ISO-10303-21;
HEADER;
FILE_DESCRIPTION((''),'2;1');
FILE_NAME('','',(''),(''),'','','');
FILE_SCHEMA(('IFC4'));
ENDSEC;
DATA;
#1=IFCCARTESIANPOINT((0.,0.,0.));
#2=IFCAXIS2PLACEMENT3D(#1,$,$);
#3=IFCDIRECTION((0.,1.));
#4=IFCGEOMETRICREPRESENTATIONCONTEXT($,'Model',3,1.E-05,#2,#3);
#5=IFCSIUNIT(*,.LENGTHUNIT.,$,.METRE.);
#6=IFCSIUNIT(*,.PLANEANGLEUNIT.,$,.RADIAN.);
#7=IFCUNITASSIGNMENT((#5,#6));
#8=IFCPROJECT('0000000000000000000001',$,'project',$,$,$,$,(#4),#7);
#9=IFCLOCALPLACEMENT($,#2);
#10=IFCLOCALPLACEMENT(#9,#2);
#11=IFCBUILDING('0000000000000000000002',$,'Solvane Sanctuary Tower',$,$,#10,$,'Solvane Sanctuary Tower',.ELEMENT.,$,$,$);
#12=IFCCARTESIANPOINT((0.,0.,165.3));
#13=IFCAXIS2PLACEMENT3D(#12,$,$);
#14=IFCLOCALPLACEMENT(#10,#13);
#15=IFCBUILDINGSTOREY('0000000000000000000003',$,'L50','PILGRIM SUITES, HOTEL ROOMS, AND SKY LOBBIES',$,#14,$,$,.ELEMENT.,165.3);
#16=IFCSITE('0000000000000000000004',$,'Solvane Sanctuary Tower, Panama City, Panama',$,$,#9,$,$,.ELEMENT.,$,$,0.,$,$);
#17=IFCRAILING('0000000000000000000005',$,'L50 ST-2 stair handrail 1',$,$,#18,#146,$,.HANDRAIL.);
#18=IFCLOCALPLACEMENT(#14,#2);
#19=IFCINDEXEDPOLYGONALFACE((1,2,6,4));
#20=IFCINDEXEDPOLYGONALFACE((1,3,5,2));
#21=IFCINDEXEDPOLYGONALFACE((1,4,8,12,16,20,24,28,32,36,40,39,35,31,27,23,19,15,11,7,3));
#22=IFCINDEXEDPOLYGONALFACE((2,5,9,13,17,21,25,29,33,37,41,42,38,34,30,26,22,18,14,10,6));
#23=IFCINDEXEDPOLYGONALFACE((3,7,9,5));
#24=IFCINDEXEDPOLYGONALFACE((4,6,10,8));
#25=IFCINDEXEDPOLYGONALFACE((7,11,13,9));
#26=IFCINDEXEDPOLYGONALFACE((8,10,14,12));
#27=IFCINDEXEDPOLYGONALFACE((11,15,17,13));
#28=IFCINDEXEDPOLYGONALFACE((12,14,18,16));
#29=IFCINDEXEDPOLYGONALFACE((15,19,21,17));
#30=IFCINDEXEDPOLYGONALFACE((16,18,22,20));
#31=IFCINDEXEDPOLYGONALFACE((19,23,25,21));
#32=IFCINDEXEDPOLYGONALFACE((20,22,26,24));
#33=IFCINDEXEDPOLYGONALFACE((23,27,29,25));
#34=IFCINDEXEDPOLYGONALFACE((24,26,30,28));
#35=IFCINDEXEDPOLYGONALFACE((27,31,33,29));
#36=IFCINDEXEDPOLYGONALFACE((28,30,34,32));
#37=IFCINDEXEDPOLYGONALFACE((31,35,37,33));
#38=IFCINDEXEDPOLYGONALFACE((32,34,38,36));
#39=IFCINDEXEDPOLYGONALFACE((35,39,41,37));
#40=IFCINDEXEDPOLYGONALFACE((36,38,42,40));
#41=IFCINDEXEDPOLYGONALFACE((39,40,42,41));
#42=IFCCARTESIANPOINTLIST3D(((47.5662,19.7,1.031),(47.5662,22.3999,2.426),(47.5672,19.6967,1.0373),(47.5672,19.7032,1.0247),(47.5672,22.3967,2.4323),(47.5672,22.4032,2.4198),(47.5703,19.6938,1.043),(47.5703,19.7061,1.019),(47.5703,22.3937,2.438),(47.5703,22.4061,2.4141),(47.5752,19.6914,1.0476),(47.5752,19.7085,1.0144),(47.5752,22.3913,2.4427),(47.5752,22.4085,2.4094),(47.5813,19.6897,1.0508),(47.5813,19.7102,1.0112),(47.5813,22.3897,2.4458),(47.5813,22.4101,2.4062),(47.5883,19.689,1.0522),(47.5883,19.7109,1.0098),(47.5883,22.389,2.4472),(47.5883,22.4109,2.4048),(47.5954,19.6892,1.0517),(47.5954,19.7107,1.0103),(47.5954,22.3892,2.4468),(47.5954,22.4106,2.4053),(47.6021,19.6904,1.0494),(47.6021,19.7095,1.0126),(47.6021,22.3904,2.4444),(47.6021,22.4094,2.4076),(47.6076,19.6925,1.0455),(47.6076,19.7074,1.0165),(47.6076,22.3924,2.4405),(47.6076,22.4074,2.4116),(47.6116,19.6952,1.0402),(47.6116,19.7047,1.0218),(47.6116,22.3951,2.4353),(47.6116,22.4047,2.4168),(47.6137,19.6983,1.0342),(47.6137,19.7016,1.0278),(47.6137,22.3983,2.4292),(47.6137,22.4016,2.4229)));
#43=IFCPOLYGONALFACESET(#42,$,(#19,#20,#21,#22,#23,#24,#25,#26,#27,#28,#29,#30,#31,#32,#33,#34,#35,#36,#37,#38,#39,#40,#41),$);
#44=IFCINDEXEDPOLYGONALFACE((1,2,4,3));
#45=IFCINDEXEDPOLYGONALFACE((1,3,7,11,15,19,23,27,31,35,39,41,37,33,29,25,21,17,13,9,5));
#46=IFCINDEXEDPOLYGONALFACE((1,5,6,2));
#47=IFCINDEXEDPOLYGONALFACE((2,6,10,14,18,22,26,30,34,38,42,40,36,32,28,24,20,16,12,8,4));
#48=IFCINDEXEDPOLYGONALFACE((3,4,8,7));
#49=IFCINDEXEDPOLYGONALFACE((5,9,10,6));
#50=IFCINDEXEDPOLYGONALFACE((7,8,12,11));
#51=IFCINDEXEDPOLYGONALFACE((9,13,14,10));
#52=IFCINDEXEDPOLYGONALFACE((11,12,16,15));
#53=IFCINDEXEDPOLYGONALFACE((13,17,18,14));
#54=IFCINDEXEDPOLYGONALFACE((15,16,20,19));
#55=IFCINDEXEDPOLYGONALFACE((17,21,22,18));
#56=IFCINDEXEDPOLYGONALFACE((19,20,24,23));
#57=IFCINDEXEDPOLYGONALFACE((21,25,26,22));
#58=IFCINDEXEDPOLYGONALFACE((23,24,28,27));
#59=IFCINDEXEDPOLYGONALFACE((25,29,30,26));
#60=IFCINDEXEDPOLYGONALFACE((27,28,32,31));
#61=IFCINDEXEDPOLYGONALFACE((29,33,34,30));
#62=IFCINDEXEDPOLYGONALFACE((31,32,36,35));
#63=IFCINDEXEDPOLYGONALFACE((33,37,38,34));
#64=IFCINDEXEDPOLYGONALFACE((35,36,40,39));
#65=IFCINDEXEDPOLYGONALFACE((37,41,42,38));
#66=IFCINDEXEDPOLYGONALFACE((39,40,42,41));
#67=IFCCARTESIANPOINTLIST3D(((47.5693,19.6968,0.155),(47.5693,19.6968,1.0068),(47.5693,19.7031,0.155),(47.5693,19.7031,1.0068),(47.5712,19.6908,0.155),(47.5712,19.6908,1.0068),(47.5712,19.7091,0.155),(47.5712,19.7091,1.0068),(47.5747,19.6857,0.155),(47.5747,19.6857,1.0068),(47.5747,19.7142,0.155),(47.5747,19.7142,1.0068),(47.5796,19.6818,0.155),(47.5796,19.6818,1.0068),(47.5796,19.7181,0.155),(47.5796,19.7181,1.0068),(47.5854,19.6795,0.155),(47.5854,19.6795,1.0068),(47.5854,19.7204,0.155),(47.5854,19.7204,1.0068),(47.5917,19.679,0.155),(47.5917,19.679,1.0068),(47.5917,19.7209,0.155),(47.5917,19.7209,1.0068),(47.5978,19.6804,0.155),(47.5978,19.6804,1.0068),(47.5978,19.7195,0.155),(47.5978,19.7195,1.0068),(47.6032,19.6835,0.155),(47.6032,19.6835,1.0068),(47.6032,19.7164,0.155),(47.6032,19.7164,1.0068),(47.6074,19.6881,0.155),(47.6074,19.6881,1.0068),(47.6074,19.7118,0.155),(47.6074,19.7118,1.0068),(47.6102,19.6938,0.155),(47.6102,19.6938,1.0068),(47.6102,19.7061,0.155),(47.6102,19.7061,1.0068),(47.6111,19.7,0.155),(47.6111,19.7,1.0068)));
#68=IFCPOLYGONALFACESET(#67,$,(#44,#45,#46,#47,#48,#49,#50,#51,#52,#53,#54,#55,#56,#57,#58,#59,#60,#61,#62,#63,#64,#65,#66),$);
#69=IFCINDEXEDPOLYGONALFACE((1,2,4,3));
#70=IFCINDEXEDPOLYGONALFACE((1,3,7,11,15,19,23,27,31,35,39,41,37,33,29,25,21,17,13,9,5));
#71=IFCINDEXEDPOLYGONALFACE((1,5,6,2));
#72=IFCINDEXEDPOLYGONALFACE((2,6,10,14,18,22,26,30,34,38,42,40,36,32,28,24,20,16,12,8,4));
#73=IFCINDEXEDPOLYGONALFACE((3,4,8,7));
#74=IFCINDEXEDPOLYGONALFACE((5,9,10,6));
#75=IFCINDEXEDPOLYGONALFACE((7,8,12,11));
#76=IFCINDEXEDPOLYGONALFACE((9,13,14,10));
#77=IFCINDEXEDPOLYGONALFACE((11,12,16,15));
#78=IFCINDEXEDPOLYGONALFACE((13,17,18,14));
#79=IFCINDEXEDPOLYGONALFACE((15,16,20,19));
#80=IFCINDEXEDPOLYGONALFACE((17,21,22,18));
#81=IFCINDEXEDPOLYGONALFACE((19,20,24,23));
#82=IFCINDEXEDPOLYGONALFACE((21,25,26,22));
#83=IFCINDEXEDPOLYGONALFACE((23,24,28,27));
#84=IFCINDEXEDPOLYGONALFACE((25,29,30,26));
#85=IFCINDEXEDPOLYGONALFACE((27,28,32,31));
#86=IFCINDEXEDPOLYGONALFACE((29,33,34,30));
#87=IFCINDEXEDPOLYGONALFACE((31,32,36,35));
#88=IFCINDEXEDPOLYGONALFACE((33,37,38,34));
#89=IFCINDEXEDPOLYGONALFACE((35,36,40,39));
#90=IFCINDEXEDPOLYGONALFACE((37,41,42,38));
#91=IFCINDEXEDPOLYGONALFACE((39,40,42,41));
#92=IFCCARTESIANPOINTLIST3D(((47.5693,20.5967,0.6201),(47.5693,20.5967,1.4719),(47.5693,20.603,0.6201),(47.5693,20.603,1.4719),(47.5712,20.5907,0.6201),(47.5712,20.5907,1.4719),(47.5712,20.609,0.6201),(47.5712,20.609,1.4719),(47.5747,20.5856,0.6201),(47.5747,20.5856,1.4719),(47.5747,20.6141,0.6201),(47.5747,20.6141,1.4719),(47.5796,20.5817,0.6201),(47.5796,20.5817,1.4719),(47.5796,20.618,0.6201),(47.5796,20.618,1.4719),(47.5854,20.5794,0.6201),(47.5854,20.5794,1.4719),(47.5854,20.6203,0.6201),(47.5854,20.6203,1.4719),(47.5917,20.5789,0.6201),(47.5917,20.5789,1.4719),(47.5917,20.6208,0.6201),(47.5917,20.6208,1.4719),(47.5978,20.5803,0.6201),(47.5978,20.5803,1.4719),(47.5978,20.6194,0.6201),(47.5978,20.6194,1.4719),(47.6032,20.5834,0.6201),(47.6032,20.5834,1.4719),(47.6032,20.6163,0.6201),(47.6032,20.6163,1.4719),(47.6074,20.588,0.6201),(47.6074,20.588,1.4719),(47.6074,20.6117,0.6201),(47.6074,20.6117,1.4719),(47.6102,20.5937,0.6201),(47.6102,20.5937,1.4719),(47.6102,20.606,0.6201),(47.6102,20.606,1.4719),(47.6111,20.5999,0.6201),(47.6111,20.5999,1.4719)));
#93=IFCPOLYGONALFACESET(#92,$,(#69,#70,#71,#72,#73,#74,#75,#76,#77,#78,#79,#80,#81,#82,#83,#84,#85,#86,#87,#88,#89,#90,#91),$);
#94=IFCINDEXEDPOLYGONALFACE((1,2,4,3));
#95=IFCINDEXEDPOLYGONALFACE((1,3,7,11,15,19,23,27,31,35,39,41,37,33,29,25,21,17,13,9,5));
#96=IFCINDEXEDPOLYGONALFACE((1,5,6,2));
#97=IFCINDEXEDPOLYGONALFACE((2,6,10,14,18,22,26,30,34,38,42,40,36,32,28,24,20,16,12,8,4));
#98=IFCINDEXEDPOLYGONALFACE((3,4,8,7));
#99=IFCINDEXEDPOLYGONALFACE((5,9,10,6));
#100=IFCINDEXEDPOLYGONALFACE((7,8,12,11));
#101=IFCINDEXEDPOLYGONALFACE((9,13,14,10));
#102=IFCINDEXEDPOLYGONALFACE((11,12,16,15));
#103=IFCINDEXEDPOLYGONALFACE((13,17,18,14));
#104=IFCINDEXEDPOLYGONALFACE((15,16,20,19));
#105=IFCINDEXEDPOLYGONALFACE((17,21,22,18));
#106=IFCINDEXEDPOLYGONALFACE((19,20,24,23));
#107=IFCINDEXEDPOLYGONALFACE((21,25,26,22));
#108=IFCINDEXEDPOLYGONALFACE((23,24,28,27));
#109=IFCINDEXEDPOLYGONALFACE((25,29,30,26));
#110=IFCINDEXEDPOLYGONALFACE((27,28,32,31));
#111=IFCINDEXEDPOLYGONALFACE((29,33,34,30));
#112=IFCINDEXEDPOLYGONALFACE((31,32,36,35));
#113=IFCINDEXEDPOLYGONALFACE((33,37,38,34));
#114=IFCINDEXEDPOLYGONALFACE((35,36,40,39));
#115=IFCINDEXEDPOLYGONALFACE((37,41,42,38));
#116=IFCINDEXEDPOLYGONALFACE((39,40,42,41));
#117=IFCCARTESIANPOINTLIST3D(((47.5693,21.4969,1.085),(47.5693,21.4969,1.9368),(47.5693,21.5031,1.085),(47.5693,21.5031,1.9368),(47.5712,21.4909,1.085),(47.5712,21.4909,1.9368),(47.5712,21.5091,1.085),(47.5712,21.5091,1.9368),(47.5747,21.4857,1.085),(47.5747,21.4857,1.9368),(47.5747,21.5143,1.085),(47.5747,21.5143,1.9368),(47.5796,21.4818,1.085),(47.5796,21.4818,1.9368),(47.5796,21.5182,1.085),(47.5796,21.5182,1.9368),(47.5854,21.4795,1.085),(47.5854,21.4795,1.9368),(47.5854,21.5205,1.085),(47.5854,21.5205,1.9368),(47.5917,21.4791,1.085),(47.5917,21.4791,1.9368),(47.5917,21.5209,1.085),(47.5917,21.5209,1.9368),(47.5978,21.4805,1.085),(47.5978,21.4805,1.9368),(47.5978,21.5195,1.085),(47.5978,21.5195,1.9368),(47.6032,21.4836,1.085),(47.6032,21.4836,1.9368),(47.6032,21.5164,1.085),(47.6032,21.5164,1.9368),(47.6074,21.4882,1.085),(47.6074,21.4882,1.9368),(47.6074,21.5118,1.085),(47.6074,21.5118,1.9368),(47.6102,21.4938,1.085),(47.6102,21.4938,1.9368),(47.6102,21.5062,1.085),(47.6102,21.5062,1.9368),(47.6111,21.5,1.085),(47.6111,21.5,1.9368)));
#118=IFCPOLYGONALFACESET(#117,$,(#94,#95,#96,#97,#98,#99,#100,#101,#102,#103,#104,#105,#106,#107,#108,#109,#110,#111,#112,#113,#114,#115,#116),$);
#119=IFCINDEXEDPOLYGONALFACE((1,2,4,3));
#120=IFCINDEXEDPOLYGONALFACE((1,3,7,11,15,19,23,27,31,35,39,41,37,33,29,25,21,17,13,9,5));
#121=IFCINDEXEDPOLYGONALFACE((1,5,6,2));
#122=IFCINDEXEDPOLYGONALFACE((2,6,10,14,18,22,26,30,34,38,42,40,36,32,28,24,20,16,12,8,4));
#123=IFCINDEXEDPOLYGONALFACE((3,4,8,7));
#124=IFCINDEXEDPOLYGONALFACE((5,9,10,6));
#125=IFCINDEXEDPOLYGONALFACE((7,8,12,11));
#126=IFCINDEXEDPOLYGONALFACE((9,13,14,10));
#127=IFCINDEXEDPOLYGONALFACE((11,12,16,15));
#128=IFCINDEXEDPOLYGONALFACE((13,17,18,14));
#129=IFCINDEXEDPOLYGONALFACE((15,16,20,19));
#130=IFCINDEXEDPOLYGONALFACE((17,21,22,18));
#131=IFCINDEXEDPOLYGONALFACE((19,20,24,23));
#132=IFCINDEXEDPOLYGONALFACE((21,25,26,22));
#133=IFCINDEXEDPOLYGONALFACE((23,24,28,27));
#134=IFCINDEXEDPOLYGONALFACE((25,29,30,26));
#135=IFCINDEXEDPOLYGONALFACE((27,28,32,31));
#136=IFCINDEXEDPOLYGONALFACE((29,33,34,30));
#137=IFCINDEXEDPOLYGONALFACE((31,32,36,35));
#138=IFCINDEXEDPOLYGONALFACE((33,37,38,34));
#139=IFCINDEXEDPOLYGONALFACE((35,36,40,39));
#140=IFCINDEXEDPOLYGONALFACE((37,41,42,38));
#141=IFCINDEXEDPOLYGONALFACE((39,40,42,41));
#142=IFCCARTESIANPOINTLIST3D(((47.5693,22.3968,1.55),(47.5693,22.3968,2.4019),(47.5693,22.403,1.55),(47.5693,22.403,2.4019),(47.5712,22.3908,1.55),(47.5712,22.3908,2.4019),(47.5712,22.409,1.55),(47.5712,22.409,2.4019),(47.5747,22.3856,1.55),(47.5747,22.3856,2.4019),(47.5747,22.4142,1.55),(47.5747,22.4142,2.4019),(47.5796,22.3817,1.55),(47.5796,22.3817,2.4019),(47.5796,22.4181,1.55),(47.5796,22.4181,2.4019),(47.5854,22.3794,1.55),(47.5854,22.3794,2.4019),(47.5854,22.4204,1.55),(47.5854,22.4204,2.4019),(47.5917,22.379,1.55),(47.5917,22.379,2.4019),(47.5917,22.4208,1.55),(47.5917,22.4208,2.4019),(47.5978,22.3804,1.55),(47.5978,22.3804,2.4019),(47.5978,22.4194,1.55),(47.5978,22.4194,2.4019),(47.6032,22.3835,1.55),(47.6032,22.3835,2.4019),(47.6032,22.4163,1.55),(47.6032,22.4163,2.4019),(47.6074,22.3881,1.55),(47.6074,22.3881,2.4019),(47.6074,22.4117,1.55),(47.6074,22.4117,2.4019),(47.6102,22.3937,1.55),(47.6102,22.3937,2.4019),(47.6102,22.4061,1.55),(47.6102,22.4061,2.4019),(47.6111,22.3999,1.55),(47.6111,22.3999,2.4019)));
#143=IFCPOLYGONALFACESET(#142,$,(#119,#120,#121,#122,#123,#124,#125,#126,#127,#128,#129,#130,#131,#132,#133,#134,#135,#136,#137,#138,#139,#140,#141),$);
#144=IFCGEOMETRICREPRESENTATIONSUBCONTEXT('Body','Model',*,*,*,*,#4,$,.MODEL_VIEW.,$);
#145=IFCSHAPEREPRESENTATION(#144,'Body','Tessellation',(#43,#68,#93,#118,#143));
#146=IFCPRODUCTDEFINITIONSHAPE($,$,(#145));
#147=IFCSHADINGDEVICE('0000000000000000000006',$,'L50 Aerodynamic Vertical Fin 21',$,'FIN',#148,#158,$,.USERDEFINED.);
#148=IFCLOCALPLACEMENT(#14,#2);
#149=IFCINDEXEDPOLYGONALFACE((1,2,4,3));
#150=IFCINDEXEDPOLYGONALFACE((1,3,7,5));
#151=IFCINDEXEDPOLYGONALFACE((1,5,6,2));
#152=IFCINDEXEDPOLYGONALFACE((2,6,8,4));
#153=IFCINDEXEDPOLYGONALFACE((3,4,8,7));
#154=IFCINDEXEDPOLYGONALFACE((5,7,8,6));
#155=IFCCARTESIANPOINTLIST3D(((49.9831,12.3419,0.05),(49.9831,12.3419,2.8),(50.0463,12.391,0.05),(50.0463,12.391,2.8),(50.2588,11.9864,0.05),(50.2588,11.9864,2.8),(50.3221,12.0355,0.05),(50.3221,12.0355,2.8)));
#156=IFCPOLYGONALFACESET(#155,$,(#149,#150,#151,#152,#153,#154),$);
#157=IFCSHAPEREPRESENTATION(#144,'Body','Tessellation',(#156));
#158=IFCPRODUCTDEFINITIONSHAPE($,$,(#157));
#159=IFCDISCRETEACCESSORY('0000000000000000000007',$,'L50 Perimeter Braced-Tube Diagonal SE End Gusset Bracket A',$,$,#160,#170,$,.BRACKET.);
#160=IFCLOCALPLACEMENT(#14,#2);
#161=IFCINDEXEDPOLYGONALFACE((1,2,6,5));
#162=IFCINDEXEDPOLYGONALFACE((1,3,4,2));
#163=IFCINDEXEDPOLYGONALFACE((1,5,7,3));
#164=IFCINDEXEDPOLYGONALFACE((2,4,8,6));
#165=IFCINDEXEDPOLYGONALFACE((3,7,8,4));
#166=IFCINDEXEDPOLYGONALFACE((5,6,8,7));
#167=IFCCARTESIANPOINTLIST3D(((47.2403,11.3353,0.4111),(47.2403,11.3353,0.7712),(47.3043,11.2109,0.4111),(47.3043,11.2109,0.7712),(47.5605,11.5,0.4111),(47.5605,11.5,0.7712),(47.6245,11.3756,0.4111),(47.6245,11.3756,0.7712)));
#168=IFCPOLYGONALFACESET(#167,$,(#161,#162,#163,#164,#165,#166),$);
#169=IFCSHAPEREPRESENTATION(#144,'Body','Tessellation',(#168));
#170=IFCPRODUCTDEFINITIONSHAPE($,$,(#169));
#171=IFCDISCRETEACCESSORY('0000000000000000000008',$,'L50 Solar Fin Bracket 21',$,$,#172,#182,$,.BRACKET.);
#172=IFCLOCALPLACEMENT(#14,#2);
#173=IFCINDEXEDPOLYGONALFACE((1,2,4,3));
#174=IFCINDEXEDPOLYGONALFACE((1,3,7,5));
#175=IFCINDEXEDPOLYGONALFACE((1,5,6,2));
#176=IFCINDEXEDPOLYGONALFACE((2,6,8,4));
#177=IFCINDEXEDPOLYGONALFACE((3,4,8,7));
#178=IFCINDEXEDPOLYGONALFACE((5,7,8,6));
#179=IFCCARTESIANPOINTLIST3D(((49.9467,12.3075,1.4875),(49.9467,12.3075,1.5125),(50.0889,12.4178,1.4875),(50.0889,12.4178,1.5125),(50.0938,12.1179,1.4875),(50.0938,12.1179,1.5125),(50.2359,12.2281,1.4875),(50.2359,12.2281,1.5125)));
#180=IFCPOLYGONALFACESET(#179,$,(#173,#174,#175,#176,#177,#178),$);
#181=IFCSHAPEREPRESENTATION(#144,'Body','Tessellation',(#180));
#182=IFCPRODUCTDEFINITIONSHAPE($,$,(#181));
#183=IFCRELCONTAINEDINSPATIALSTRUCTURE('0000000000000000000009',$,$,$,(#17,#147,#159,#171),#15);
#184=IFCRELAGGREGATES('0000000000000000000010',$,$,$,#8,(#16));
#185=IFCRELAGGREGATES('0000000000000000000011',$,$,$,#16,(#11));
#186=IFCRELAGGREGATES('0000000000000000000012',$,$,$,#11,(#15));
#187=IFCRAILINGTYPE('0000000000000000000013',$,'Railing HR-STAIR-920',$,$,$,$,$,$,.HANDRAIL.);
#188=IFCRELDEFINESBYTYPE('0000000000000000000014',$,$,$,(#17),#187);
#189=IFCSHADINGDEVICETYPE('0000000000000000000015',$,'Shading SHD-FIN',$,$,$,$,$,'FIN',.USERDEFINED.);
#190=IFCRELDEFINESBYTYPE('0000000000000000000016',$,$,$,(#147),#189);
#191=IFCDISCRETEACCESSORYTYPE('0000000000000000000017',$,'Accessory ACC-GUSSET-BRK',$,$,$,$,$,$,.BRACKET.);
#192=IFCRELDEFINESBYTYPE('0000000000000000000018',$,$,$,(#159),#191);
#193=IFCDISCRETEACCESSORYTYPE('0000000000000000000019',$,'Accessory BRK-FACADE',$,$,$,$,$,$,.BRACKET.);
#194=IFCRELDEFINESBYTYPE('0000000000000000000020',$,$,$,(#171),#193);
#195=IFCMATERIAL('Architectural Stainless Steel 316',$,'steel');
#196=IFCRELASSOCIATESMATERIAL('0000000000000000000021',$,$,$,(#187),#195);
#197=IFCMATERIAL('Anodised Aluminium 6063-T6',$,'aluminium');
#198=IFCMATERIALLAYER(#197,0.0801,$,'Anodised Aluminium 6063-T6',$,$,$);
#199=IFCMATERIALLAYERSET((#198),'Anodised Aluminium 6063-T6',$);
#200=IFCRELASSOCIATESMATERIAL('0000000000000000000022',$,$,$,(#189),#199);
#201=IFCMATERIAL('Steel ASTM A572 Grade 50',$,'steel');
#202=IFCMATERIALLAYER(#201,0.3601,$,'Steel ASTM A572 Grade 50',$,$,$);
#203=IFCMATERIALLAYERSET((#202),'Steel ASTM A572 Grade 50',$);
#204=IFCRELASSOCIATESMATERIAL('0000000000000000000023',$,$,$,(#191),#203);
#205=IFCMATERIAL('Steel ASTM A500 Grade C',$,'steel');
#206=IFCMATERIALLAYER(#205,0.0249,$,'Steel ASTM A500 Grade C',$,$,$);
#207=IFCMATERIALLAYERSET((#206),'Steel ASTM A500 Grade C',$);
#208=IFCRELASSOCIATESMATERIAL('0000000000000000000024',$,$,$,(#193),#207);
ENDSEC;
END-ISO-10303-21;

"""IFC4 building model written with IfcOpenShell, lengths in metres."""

from ifc_helpers import new_model, si_unit, direction, frame, origin, origin_2d, place, context, subcontext, project, spatial, rectangle, circle, extrude, material, layer, layer_set, type_object, element, save


model = new_model("IFC4")

# Units and contexts
model_context = context("Model", 3, precision=1e-05, world=origin(), true_north=direction((0.0, 1.0)))
body_context = subcontext(model_context, "Body", "Model", "MODEL_VIEW")
ifc_project = project(units=[si_unit("LENGTHUNIT", "METRE"), si_unit("PLANEANGLEUNIT", "RADIAN")], contexts=[model_context])

# Site, building, storey
site_placement = place(None, origin())
site = spatial("IfcSite", under=ifc_project, at=site_placement, Name="Solvane Sanctuary Tower, Panama City, Panama", CompositionType="ELEMENT", RefElevation=0.0)
building_placement = place(site_placement, origin())
building = spatial("IfcBuilding", under=site, at=building_placement, Name="Solvane Sanctuary Tower", LongName="Solvane Sanctuary Tower", CompositionType="ELEMENT")
storey_placement = place(building_placement, frame((0.0, 0.0, 165.3)))
storey = spatial("IfcBuildingStorey", under=building, at=storey_placement, Name="L50", Description="PILGRIM SUITES, HOTEL ROOMS, AND SKY LOBBIES", CompositionType="ELEMENT", Elevation=165.3)

# Railing
ifc_material_1 = material(Name="Architectural Stainless Steel 316", Category="steel")
railing_type_1 = type_object("IfcRailingType", Name="Railing HR-STAIR-920", PredefinedType="HANDRAIL", material=ifc_material_1)
railing_1_placement = place(storey_placement, frame((47.5901, 19.7, 0.155)))
element("IfcRailing", 1, at=railing_1_placement, inside=storey, type_object=railing_type_1, Name="L50 ST-2 stair handrail 1", PredefinedType="HANDRAIL", context=body_context, shape_type="SweptSolid", body=[
    extrude(circle(Radius=0.0239, at=origin_2d()), frame((0.0, 0.0, 0.876), z_axis=(0.0, 0.88842, 0.459032), x_axis=(-1.0, 0.0, 0.0)), (0.0, 0.0, 1.0), 3.0391),
    extrude(circle(Radius=0.021, at=origin_2d()), origin(), (0.0, 0.0, 1.0), 0.8518),
    extrude(circle(Radius=0.021, at=origin_2d()), frame((0.0, 0.8999, 0.4651)), (0.0, 0.0, 1.0), 0.8518),
    extrude(circle(Radius=0.021, at=origin_2d()), frame((0.0, 1.8, 0.9299)), (0.0, 0.0, 1.0), 0.8518),
    extrude(circle(Radius=0.021, at=origin_2d()), frame((0.0, 2.7, 1.395)), (0.0, 0.0, 1.0), 0.8518),
])

# Shading device
ifc_material_2 = material(Name="Anodised Aluminium 6063-T6", Category="aluminium")
ifc_layer_1 = layer(ifc_material_2, 0.0801, Name="Anodised Aluminium 6063-T6")
ifc_layer_set_1 = layer_set([ifc_layer_1], Name="Anodised Aluminium 6063-T6")
shading_device_type = type_object("IfcShadingDeviceType", Name="Shading SHD-FIN", ElementType="FIN", PredefinedType="USERDEFINED", material=ifc_layer_set_1)
shading_device_placement = place(storey_placement, frame((50.1526, 12.1887, 0.05), z_axis=(0.0, 0.0, 1.0), x_axis=(0.790166, 0.612893, 0.0)))
element("IfcShadingDevice", 2, at=shading_device_placement, inside=storey, type_object=shading_device_type, Name="L50 Aerodynamic Vertical Fin 21", ObjectType="FIN", PredefinedType="USERDEFINED", context=body_context, shape_type="SweptSolid", body=[
    extrude(rectangle(XDim=0.0801, YDim=0.45, at=origin_2d()), origin(), (0.0, 0.0, 1.0), 2.75),
])

# Discrete accessories
ifc_material_3 = material(Name="Steel ASTM A572 Grade 50", Category="steel")
ifc_layer_2 = layer(ifc_material_3, 0.3601, Name="Steel ASTM A572 Grade 50")
ifc_layer_set_2 = layer_set([ifc_layer_2], Name="Steel ASTM A572 Grade 50")
discrete_accessory_type_1 = type_object("IfcDiscreteAccessoryType", Name="Accessory ACC-GUSSET-BRK", PredefinedType="BRACKET", material=ifc_layer_set_2)
discrete_accessory_1_placement = place(storey_placement, frame((47.4324, 11.3555, 0.4111), z_axis=(0.0, 0.0, 1.0), x_axis=(-0.889257, -0.457408, 0.0)))
element("IfcDiscreteAccessory", 3, at=discrete_accessory_1_placement, inside=storey, type_object=discrete_accessory_type_1, Name="L50 Perimeter Braced-Tube Diagonal SE End Gusset Bracket A", PredefinedType="BRACKET", context=body_context, shape_type="SweptSolid", body=[
    extrude(rectangle(XDim=0.3601, YDim=0.1399, at=origin_2d()), origin(), (0.0, 0.0, 1.0), 0.3601),
])
ifc_material_4 = material(Name="Steel ASTM A500 Grade C", Category="steel")
ifc_layer_3 = layer(ifc_material_4, 0.0249, Name="Steel ASTM A500 Grade C")
ifc_layer_set_3 = layer_set([ifc_layer_3], Name="Steel ASTM A500 Grade C")
discrete_accessory_type_2 = type_object("IfcDiscreteAccessoryType", Name="Accessory BRK-FACADE", PredefinedType="BRACKET", material=ifc_layer_set_3)
discrete_accessory_2_placement = place(storey_placement, frame((50.0913, 12.2678, 1.4875), z_axis=(0.0, 0.0, 1.0), x_axis=(0.790166, 0.612893, 0.0)))
element("IfcDiscreteAccessory", 4, at=discrete_accessory_2_placement, inside=storey, type_object=discrete_accessory_type_2, Name="L50 Solar Fin Bracket 21", PredefinedType="BRACKET", context=body_context, shape_type="SweptSolid", body=[
    extrude(rectangle(XDim=0.1799, YDim=0.24, at=origin_2d()), origin(), (0.0, 0.0, 1.0), 0.0249),
])

save(model, "model.ifc")
